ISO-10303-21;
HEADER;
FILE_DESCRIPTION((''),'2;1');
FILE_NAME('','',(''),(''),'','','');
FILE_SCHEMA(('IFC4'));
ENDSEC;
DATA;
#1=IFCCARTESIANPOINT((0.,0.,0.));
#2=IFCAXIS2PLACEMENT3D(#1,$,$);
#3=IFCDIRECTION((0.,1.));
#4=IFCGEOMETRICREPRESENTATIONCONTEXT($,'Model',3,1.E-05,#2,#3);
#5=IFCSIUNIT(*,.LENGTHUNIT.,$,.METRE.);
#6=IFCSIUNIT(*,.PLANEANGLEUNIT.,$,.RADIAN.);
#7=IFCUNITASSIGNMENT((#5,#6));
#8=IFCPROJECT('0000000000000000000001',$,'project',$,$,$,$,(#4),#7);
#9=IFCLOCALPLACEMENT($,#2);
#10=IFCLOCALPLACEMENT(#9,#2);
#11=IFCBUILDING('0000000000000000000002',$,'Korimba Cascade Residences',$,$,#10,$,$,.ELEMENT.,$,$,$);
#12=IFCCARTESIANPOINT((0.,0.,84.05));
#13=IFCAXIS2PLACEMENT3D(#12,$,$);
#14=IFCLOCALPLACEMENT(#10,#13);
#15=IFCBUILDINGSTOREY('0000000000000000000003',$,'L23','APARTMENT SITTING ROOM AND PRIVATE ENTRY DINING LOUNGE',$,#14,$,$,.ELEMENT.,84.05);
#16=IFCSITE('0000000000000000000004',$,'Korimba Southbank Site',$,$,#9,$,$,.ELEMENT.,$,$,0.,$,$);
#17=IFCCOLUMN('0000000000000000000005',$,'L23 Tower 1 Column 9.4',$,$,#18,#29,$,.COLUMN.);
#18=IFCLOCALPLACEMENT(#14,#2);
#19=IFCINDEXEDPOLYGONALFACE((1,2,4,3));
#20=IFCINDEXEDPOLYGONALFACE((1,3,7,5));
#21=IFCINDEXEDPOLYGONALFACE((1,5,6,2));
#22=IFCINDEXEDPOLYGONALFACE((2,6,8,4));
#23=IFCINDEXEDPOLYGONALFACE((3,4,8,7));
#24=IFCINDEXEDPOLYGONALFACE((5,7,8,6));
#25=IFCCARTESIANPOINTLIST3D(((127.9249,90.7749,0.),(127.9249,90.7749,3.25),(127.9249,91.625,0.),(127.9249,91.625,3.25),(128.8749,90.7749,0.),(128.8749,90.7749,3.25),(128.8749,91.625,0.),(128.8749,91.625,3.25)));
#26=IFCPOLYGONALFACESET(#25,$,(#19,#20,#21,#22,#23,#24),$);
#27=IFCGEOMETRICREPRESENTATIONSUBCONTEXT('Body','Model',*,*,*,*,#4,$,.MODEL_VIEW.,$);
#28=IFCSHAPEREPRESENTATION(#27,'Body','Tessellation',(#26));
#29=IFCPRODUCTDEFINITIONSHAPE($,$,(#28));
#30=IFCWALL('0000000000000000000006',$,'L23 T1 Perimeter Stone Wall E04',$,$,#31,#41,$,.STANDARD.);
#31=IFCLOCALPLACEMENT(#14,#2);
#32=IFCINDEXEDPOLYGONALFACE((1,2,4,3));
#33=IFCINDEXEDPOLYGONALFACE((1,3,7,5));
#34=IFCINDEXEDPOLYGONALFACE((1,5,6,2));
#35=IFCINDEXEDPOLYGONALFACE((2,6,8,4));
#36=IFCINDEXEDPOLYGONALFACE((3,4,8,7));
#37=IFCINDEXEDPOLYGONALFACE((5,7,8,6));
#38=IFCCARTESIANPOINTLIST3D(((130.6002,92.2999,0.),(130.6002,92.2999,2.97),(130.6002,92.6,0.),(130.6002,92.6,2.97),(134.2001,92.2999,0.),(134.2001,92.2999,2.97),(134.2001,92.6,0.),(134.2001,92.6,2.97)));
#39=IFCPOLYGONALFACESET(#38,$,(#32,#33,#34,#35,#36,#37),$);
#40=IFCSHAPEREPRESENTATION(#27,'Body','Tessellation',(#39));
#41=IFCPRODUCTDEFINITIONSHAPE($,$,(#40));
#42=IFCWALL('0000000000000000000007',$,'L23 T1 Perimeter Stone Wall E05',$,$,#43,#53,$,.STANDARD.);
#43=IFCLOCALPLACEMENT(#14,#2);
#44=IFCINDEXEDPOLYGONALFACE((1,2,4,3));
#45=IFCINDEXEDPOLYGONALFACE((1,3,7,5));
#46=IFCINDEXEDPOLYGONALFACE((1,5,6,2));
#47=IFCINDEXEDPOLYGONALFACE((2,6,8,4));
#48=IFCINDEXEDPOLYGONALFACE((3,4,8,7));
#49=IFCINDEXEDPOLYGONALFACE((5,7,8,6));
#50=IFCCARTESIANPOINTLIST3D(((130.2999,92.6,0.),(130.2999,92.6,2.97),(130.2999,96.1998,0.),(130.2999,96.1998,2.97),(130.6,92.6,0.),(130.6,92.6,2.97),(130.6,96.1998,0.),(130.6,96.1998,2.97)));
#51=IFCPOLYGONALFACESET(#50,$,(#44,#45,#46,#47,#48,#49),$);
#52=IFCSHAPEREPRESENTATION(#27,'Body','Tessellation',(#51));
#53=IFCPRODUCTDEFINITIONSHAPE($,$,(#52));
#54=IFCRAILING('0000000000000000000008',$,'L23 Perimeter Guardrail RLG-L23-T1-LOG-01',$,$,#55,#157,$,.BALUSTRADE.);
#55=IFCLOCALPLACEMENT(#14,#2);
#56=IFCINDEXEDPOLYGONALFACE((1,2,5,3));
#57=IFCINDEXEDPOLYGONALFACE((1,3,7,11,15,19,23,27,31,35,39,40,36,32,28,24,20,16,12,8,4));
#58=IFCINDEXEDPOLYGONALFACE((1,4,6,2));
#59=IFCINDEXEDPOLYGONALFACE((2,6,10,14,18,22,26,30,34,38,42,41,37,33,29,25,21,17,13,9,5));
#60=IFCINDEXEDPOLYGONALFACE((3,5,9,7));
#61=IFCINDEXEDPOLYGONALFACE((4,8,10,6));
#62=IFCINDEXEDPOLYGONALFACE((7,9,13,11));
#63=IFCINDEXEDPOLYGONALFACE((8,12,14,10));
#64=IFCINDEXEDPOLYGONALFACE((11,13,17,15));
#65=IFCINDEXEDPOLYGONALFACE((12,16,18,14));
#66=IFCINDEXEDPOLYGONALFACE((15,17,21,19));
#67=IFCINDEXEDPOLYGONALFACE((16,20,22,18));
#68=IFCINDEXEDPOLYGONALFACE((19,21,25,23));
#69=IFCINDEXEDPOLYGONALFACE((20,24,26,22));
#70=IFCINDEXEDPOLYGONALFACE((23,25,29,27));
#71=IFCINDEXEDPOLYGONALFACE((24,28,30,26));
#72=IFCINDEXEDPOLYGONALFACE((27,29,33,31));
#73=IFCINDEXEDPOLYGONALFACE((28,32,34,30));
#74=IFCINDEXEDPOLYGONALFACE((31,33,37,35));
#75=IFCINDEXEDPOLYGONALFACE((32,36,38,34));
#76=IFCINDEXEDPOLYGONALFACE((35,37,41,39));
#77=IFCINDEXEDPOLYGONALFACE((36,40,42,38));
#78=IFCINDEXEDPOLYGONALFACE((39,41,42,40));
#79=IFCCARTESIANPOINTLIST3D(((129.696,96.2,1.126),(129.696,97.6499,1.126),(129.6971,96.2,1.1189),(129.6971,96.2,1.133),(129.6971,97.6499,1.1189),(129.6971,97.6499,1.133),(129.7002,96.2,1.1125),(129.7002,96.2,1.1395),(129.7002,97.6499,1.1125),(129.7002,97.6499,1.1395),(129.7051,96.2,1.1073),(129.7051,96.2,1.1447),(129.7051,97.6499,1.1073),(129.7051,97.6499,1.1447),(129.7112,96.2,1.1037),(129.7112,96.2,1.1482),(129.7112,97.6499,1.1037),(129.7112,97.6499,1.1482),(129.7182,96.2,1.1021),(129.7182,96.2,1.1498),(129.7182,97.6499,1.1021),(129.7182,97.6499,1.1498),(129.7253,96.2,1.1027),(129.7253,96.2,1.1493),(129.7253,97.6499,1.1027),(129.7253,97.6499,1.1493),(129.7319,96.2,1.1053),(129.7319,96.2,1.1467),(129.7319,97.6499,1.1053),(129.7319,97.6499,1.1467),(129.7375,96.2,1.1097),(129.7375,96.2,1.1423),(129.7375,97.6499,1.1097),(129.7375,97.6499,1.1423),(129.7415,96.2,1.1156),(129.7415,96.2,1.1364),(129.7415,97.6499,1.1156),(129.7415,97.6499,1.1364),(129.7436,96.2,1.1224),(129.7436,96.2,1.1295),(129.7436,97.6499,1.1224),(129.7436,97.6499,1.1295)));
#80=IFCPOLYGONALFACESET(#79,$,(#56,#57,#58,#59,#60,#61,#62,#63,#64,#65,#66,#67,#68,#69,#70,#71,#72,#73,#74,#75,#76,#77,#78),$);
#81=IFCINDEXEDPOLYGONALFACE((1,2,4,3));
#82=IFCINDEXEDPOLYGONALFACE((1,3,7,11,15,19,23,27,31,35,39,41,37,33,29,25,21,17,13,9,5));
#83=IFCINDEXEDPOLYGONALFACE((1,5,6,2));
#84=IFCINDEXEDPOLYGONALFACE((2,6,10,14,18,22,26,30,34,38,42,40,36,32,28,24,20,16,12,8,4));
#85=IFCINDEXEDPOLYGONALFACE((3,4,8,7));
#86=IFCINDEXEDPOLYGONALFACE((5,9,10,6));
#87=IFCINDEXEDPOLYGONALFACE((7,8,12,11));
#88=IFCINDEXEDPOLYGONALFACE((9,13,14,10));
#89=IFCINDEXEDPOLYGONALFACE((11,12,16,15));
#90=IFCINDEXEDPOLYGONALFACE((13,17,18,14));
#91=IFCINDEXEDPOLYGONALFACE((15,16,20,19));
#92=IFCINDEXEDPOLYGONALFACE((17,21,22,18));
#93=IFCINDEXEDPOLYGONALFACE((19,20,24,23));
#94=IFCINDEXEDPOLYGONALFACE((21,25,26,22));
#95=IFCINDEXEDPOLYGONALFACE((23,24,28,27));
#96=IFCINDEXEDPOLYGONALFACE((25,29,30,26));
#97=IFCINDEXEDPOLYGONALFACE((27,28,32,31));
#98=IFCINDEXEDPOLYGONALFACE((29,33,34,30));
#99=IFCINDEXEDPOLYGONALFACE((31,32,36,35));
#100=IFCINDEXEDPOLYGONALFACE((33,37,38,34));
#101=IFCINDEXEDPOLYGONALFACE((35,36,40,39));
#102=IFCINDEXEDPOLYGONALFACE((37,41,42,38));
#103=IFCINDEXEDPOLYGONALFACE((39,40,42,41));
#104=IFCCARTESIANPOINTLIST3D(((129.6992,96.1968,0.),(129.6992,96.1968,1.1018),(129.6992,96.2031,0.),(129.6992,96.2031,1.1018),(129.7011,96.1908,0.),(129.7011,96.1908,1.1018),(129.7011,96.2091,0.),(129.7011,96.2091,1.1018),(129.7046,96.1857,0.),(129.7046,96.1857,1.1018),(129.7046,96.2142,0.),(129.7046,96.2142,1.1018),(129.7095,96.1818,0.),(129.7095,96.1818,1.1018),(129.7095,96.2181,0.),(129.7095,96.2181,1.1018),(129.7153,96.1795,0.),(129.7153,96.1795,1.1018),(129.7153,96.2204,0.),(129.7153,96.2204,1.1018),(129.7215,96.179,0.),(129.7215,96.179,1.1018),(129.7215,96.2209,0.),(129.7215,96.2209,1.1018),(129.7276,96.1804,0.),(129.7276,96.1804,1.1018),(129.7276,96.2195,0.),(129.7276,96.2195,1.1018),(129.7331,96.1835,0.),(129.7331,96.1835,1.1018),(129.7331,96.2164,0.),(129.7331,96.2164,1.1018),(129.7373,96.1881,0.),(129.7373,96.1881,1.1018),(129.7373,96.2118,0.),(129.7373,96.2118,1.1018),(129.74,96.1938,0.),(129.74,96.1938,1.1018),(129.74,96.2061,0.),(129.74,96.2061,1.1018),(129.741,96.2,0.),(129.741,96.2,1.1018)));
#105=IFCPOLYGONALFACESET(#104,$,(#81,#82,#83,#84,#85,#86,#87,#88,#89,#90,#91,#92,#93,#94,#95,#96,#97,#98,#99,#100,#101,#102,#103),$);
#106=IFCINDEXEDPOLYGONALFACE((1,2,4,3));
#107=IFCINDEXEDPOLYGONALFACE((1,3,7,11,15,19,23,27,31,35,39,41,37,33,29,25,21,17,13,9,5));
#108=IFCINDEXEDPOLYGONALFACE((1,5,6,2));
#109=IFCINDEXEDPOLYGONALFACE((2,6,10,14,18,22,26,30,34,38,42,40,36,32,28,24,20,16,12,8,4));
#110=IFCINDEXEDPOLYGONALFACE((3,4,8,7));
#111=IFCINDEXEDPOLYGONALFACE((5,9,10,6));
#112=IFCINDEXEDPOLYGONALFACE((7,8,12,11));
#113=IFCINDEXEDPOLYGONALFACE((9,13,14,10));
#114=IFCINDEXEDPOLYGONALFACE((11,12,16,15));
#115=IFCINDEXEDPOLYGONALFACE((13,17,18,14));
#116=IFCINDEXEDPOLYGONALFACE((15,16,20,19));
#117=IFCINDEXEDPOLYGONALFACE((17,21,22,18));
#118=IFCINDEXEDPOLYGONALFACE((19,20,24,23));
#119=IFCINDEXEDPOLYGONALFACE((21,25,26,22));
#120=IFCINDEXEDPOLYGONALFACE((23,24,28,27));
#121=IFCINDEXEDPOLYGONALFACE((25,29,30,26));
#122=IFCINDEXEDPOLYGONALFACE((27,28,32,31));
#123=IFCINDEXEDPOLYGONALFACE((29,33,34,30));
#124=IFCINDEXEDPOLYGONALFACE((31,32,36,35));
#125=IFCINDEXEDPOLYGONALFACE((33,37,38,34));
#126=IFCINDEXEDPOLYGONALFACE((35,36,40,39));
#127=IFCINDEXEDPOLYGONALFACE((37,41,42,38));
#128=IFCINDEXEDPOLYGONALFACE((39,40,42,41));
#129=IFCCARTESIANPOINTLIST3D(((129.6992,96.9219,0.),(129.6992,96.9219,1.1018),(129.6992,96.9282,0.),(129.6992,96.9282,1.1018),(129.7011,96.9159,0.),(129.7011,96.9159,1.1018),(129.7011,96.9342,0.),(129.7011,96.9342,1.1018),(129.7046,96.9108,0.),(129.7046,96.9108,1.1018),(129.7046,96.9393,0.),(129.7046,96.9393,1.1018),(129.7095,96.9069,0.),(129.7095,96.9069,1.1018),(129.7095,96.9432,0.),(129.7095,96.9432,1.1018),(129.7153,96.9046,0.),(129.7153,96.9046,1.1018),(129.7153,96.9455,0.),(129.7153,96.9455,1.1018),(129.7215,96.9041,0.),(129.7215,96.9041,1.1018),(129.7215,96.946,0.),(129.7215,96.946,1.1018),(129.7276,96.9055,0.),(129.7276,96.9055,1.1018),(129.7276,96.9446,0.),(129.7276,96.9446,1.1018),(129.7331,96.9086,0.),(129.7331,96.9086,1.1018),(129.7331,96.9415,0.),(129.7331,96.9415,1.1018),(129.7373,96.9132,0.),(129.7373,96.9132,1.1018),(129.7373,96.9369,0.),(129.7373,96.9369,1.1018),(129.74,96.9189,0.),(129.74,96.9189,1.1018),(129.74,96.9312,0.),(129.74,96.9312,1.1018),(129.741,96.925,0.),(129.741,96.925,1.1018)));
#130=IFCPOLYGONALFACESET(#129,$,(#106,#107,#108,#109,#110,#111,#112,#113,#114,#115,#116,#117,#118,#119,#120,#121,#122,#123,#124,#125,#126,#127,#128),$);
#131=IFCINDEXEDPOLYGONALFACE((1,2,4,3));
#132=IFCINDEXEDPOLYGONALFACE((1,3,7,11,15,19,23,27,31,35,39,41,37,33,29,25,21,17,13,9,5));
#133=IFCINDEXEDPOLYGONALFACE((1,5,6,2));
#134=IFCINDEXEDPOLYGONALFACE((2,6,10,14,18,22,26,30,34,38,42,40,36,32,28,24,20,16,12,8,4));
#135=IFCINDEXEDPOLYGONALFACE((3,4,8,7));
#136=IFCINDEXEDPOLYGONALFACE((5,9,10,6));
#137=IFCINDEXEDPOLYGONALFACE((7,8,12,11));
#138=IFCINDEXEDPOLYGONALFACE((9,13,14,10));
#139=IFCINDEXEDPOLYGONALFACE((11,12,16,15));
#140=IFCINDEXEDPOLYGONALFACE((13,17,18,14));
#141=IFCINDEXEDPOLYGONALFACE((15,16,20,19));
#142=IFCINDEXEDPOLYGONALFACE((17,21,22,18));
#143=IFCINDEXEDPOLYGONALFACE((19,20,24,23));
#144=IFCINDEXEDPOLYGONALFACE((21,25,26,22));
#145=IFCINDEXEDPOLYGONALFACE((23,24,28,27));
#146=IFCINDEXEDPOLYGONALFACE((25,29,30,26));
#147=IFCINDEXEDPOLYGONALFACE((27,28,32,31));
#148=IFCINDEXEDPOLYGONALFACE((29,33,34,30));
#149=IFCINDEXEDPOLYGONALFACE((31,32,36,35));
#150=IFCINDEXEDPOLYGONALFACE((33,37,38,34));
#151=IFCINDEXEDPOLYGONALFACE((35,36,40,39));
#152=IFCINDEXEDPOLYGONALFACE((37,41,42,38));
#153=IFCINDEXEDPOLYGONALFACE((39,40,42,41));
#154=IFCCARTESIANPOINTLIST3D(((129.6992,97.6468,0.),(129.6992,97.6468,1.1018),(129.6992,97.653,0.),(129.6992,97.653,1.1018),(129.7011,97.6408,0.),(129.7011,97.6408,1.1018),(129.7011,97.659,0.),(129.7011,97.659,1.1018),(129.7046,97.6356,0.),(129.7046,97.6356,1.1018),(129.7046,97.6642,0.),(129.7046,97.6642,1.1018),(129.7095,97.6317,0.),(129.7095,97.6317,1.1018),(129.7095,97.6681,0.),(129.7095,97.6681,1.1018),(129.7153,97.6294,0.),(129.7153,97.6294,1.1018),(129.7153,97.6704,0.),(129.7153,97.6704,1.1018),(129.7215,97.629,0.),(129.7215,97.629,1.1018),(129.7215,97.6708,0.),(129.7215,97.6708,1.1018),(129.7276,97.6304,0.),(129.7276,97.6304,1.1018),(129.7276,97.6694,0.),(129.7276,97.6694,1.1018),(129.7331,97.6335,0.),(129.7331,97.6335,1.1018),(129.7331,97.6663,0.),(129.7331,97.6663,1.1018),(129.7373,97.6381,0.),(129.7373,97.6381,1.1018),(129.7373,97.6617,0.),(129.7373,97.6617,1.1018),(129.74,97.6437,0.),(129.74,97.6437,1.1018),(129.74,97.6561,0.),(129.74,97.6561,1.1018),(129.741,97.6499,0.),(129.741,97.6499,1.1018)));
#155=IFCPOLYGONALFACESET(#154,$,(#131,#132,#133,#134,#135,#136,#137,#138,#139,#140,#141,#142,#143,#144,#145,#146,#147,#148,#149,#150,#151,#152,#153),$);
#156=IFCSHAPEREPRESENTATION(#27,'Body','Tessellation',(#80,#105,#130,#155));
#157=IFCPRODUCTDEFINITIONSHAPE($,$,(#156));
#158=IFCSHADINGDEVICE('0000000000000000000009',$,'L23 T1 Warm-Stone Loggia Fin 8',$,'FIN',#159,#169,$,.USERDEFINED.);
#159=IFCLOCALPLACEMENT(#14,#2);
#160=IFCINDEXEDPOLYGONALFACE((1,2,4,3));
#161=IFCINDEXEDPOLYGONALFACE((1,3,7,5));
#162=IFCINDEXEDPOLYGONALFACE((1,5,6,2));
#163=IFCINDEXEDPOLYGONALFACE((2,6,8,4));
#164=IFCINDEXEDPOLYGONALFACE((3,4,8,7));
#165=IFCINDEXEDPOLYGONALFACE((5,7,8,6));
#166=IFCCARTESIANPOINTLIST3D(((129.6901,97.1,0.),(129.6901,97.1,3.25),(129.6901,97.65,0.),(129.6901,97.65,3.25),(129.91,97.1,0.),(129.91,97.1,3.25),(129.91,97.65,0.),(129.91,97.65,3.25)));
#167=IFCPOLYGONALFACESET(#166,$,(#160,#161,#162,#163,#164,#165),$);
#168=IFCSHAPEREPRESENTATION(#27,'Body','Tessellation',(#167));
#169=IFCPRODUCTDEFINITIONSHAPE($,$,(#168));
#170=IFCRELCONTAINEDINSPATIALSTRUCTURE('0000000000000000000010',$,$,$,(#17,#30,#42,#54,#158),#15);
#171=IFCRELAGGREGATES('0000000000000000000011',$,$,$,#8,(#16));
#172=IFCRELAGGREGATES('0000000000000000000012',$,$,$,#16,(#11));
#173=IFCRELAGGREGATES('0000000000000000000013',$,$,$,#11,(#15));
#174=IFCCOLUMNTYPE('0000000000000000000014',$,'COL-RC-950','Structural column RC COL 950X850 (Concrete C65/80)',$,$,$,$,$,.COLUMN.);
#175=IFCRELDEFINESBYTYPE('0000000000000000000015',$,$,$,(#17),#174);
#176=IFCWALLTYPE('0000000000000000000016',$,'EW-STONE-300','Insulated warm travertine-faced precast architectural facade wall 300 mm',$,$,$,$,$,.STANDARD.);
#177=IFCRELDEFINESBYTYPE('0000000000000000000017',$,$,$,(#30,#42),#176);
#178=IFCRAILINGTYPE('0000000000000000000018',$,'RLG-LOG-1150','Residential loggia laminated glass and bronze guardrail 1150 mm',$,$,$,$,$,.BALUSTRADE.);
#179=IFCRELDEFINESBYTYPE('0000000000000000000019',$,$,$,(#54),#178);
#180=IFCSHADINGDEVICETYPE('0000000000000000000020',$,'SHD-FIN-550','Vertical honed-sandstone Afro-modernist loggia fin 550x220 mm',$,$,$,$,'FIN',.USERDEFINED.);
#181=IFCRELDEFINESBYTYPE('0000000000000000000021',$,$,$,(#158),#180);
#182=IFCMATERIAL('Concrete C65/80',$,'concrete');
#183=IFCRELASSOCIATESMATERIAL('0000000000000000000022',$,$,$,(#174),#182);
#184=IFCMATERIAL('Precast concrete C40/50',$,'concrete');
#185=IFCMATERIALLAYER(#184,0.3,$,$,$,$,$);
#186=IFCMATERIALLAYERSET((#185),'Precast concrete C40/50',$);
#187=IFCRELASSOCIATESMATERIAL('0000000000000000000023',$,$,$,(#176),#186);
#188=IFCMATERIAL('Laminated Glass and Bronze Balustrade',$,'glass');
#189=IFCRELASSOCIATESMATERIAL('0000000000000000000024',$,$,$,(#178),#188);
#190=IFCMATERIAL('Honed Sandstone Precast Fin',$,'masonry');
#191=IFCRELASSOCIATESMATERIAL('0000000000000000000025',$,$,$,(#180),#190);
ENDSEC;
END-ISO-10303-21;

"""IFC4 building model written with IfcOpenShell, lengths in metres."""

from ifc_helpers import new_model, si_unit, direction, frame, frame_2d, origin, origin_2d, place, context, subcontext, project, spatial, rectangle, circle, extrude, material, layer, layer_set, material_profile, profile_set, type_object, element, save


model = new_model("IFC4")

# Units and contexts
model_context = context("Model", 3, precision=1e-05, world=origin(), true_north=direction((0.0, 1.0)))
body_context = subcontext(model_context, "Body", "Model", "MODEL_VIEW")
ifc_project = project(units=[si_unit("LENGTHUNIT", "METRE"), si_unit("PLANEANGLEUNIT", "RADIAN")], contexts=[model_context])

# Site, building, storey
site_placement = place(None, origin())
site = spatial("IfcSite", under=ifc_project, at=site_placement, Name="Korimba Southbank Site", CompositionType="ELEMENT", RefElevation=0.0)
building_placement = place(site_placement, origin())
building = spatial("IfcBuilding", under=site, at=building_placement, Name="Korimba Cascade Residences", CompositionType="ELEMENT")
storey_placement = place(building_placement, frame((0.0, 0.0, 84.05)))
storey = spatial("IfcBuildingStorey", under=building, at=storey_placement, Name="L23", Description="APARTMENT SITTING ROOM AND PRIVATE ENTRY DINING LOUNGE", CompositionType="ELEMENT", Elevation=84.05)

# Column
ifc_material_1 = material(Name="Concrete C65/80", Category="concrete")
ifc_material_profile = material_profile(ifc_material_1, rectangle(XDim=0.95, YDim=0.8501, at=origin_2d()), Name="Concrete C65/80")
ifc_profile_set = profile_set([ifc_material_profile], Name="Concrete C65/80")
column_type = type_object("IfcColumnType", Name="COL-RC-950", Description="Structural column RC COL 950X850 (Concrete C65/80)", PredefinedType="COLUMN", material=ifc_profile_set)
column_placement = place(storey_placement, frame((128.3999, 91.2, 0.0), z_axis=(0.0, 0.0, 1.0), x_axis=(1.0, 0.0, 0.0)))
element("IfcColumn", 1, at=column_placement, inside=storey, type_object=column_type, Name="L23 Tower 1 Column 9.4", PredefinedType="COLUMN", context=body_context, shape_type="SweptSolid", body=[
    extrude(rectangle(XDim=0.95, YDim=0.8501, at=origin_2d()), origin(), (0.0, 0.0, 1.0), 3.25),
])

# Shared definitions
ifc_material_2 = material(Name="Precast concrete C40/50", Category="concrete")

# Walls
ifc_layer_1 = layer(ifc_material_2, 0.3)
ifc_layer_set_1 = layer_set([ifc_layer_1], Name="Precast concrete C40/50")
wall_type_1 = type_object("IfcWallType", Name="EW-STONE-300", Description="Insulated warm travertine-faced precast architectural facade wall 300 mm", PredefinedType="STANDARD", material=ifc_layer_set_1)
for number, where, z_axis, x_axis, name in (
    (2, (134.2, 92.45, 0.0), (0.0, 0.0, 1.0), (-1.0, 0.0, 0.0), "L23 T1 Perimeter Stone Wall E04"),
    (3, (130.45, 92.6001, 0.0), (0.0, 0.0, 1.0), (0.0, 1.0, 0.0), "L23 T1 Perimeter Stone Wall E05"),
):
    element("IfcWall", number, at=place(storey_placement, frame(where, z_axis=z_axis, x_axis=x_axis)), inside=storey, type_object=wall_type_1, Name=name, PredefinedType="STANDARD", context=body_context, shape_type="SweptSolid", body=[
        extrude(rectangle(XDim=3.5999, YDim=0.3, at=frame_2d((1.7998, 0.0))), origin(), (0.0, 0.0, 1.0), 2.97),
    ])

# Railing
ifc_material_3 = material(Name="Laminated Glass and Bronze Balustrade", Category="glass")
railing_type = type_object("IfcRailingType", Name="RLG-LOG-1150", Description="Residential loggia laminated glass and bronze guardrail 1150 mm", PredefinedType="BALUSTRADE", material=ifc_material_3)
railing_1_placement = place(storey_placement, frame((129.72, 96.2, 0.0)))
element("IfcRailing", 4, at=railing_1_placement, inside=storey, type_object=railing_type, Name="L23 Perimeter Guardrail RLG-L23-T1-LOG-01", PredefinedType="BALUSTRADE", context=body_context, shape_type="SweptSolid", body=[
    extrude(circle(Radius=0.0239, at=origin_2d()), frame((0.0, 0.0, 1.126), z_axis=(0.0, 1.0, 0.0), x_axis=(-1.0, 0.0, 0.0)), (0.0, 0.0, 1.0), 1.45),
    extrude(circle(Radius=0.021, at=origin_2d()), origin(), (0.0, 0.0, 1.0), 1.1018),
    extrude(circle(Radius=0.021, at=origin_2d()), frame((0.0, 0.7251, 0.0)), (0.0, 0.0, 1.0), 1.1018),
    extrude(circle(Radius=0.021, at=origin_2d()), frame((0.0, 1.45, 0.0)), (0.0, 0.0, 1.0), 1.1018),
])

# Shading device
ifc_material_4 = material(Name="Honed Sandstone Precast Fin", Category="masonry")
shading_device_type = type_object("IfcShadingDeviceType", Name="SHD-FIN-550", Description="Vertical honed-sandstone Afro-modernist loggia fin 550x220 mm", ElementType="FIN", PredefinedType="USERDEFINED", material=ifc_material_4)
shading_device_placement = place(storey_placement, frame((129.8, 97.375, 0.0), z_axis=(0.0, 0.0, 1.0), x_axis=(1.0, 0.0, 0.0)))
element("IfcShadingDevice", 5, at=shading_device_placement, inside=storey, type_object=shading_device_type, Name="L23 T1 Warm-Stone Loggia Fin 8", ObjectType="FIN", PredefinedType="USERDEFINED", context=body_context, shape_type="SweptSolid", body=[
    extrude(rectangle(XDim=0.22, YDim=0.55, at=origin_2d()), origin(), (0.0, 0.0, 1.0), 3.25),
])

save(model, "model.ifc")
